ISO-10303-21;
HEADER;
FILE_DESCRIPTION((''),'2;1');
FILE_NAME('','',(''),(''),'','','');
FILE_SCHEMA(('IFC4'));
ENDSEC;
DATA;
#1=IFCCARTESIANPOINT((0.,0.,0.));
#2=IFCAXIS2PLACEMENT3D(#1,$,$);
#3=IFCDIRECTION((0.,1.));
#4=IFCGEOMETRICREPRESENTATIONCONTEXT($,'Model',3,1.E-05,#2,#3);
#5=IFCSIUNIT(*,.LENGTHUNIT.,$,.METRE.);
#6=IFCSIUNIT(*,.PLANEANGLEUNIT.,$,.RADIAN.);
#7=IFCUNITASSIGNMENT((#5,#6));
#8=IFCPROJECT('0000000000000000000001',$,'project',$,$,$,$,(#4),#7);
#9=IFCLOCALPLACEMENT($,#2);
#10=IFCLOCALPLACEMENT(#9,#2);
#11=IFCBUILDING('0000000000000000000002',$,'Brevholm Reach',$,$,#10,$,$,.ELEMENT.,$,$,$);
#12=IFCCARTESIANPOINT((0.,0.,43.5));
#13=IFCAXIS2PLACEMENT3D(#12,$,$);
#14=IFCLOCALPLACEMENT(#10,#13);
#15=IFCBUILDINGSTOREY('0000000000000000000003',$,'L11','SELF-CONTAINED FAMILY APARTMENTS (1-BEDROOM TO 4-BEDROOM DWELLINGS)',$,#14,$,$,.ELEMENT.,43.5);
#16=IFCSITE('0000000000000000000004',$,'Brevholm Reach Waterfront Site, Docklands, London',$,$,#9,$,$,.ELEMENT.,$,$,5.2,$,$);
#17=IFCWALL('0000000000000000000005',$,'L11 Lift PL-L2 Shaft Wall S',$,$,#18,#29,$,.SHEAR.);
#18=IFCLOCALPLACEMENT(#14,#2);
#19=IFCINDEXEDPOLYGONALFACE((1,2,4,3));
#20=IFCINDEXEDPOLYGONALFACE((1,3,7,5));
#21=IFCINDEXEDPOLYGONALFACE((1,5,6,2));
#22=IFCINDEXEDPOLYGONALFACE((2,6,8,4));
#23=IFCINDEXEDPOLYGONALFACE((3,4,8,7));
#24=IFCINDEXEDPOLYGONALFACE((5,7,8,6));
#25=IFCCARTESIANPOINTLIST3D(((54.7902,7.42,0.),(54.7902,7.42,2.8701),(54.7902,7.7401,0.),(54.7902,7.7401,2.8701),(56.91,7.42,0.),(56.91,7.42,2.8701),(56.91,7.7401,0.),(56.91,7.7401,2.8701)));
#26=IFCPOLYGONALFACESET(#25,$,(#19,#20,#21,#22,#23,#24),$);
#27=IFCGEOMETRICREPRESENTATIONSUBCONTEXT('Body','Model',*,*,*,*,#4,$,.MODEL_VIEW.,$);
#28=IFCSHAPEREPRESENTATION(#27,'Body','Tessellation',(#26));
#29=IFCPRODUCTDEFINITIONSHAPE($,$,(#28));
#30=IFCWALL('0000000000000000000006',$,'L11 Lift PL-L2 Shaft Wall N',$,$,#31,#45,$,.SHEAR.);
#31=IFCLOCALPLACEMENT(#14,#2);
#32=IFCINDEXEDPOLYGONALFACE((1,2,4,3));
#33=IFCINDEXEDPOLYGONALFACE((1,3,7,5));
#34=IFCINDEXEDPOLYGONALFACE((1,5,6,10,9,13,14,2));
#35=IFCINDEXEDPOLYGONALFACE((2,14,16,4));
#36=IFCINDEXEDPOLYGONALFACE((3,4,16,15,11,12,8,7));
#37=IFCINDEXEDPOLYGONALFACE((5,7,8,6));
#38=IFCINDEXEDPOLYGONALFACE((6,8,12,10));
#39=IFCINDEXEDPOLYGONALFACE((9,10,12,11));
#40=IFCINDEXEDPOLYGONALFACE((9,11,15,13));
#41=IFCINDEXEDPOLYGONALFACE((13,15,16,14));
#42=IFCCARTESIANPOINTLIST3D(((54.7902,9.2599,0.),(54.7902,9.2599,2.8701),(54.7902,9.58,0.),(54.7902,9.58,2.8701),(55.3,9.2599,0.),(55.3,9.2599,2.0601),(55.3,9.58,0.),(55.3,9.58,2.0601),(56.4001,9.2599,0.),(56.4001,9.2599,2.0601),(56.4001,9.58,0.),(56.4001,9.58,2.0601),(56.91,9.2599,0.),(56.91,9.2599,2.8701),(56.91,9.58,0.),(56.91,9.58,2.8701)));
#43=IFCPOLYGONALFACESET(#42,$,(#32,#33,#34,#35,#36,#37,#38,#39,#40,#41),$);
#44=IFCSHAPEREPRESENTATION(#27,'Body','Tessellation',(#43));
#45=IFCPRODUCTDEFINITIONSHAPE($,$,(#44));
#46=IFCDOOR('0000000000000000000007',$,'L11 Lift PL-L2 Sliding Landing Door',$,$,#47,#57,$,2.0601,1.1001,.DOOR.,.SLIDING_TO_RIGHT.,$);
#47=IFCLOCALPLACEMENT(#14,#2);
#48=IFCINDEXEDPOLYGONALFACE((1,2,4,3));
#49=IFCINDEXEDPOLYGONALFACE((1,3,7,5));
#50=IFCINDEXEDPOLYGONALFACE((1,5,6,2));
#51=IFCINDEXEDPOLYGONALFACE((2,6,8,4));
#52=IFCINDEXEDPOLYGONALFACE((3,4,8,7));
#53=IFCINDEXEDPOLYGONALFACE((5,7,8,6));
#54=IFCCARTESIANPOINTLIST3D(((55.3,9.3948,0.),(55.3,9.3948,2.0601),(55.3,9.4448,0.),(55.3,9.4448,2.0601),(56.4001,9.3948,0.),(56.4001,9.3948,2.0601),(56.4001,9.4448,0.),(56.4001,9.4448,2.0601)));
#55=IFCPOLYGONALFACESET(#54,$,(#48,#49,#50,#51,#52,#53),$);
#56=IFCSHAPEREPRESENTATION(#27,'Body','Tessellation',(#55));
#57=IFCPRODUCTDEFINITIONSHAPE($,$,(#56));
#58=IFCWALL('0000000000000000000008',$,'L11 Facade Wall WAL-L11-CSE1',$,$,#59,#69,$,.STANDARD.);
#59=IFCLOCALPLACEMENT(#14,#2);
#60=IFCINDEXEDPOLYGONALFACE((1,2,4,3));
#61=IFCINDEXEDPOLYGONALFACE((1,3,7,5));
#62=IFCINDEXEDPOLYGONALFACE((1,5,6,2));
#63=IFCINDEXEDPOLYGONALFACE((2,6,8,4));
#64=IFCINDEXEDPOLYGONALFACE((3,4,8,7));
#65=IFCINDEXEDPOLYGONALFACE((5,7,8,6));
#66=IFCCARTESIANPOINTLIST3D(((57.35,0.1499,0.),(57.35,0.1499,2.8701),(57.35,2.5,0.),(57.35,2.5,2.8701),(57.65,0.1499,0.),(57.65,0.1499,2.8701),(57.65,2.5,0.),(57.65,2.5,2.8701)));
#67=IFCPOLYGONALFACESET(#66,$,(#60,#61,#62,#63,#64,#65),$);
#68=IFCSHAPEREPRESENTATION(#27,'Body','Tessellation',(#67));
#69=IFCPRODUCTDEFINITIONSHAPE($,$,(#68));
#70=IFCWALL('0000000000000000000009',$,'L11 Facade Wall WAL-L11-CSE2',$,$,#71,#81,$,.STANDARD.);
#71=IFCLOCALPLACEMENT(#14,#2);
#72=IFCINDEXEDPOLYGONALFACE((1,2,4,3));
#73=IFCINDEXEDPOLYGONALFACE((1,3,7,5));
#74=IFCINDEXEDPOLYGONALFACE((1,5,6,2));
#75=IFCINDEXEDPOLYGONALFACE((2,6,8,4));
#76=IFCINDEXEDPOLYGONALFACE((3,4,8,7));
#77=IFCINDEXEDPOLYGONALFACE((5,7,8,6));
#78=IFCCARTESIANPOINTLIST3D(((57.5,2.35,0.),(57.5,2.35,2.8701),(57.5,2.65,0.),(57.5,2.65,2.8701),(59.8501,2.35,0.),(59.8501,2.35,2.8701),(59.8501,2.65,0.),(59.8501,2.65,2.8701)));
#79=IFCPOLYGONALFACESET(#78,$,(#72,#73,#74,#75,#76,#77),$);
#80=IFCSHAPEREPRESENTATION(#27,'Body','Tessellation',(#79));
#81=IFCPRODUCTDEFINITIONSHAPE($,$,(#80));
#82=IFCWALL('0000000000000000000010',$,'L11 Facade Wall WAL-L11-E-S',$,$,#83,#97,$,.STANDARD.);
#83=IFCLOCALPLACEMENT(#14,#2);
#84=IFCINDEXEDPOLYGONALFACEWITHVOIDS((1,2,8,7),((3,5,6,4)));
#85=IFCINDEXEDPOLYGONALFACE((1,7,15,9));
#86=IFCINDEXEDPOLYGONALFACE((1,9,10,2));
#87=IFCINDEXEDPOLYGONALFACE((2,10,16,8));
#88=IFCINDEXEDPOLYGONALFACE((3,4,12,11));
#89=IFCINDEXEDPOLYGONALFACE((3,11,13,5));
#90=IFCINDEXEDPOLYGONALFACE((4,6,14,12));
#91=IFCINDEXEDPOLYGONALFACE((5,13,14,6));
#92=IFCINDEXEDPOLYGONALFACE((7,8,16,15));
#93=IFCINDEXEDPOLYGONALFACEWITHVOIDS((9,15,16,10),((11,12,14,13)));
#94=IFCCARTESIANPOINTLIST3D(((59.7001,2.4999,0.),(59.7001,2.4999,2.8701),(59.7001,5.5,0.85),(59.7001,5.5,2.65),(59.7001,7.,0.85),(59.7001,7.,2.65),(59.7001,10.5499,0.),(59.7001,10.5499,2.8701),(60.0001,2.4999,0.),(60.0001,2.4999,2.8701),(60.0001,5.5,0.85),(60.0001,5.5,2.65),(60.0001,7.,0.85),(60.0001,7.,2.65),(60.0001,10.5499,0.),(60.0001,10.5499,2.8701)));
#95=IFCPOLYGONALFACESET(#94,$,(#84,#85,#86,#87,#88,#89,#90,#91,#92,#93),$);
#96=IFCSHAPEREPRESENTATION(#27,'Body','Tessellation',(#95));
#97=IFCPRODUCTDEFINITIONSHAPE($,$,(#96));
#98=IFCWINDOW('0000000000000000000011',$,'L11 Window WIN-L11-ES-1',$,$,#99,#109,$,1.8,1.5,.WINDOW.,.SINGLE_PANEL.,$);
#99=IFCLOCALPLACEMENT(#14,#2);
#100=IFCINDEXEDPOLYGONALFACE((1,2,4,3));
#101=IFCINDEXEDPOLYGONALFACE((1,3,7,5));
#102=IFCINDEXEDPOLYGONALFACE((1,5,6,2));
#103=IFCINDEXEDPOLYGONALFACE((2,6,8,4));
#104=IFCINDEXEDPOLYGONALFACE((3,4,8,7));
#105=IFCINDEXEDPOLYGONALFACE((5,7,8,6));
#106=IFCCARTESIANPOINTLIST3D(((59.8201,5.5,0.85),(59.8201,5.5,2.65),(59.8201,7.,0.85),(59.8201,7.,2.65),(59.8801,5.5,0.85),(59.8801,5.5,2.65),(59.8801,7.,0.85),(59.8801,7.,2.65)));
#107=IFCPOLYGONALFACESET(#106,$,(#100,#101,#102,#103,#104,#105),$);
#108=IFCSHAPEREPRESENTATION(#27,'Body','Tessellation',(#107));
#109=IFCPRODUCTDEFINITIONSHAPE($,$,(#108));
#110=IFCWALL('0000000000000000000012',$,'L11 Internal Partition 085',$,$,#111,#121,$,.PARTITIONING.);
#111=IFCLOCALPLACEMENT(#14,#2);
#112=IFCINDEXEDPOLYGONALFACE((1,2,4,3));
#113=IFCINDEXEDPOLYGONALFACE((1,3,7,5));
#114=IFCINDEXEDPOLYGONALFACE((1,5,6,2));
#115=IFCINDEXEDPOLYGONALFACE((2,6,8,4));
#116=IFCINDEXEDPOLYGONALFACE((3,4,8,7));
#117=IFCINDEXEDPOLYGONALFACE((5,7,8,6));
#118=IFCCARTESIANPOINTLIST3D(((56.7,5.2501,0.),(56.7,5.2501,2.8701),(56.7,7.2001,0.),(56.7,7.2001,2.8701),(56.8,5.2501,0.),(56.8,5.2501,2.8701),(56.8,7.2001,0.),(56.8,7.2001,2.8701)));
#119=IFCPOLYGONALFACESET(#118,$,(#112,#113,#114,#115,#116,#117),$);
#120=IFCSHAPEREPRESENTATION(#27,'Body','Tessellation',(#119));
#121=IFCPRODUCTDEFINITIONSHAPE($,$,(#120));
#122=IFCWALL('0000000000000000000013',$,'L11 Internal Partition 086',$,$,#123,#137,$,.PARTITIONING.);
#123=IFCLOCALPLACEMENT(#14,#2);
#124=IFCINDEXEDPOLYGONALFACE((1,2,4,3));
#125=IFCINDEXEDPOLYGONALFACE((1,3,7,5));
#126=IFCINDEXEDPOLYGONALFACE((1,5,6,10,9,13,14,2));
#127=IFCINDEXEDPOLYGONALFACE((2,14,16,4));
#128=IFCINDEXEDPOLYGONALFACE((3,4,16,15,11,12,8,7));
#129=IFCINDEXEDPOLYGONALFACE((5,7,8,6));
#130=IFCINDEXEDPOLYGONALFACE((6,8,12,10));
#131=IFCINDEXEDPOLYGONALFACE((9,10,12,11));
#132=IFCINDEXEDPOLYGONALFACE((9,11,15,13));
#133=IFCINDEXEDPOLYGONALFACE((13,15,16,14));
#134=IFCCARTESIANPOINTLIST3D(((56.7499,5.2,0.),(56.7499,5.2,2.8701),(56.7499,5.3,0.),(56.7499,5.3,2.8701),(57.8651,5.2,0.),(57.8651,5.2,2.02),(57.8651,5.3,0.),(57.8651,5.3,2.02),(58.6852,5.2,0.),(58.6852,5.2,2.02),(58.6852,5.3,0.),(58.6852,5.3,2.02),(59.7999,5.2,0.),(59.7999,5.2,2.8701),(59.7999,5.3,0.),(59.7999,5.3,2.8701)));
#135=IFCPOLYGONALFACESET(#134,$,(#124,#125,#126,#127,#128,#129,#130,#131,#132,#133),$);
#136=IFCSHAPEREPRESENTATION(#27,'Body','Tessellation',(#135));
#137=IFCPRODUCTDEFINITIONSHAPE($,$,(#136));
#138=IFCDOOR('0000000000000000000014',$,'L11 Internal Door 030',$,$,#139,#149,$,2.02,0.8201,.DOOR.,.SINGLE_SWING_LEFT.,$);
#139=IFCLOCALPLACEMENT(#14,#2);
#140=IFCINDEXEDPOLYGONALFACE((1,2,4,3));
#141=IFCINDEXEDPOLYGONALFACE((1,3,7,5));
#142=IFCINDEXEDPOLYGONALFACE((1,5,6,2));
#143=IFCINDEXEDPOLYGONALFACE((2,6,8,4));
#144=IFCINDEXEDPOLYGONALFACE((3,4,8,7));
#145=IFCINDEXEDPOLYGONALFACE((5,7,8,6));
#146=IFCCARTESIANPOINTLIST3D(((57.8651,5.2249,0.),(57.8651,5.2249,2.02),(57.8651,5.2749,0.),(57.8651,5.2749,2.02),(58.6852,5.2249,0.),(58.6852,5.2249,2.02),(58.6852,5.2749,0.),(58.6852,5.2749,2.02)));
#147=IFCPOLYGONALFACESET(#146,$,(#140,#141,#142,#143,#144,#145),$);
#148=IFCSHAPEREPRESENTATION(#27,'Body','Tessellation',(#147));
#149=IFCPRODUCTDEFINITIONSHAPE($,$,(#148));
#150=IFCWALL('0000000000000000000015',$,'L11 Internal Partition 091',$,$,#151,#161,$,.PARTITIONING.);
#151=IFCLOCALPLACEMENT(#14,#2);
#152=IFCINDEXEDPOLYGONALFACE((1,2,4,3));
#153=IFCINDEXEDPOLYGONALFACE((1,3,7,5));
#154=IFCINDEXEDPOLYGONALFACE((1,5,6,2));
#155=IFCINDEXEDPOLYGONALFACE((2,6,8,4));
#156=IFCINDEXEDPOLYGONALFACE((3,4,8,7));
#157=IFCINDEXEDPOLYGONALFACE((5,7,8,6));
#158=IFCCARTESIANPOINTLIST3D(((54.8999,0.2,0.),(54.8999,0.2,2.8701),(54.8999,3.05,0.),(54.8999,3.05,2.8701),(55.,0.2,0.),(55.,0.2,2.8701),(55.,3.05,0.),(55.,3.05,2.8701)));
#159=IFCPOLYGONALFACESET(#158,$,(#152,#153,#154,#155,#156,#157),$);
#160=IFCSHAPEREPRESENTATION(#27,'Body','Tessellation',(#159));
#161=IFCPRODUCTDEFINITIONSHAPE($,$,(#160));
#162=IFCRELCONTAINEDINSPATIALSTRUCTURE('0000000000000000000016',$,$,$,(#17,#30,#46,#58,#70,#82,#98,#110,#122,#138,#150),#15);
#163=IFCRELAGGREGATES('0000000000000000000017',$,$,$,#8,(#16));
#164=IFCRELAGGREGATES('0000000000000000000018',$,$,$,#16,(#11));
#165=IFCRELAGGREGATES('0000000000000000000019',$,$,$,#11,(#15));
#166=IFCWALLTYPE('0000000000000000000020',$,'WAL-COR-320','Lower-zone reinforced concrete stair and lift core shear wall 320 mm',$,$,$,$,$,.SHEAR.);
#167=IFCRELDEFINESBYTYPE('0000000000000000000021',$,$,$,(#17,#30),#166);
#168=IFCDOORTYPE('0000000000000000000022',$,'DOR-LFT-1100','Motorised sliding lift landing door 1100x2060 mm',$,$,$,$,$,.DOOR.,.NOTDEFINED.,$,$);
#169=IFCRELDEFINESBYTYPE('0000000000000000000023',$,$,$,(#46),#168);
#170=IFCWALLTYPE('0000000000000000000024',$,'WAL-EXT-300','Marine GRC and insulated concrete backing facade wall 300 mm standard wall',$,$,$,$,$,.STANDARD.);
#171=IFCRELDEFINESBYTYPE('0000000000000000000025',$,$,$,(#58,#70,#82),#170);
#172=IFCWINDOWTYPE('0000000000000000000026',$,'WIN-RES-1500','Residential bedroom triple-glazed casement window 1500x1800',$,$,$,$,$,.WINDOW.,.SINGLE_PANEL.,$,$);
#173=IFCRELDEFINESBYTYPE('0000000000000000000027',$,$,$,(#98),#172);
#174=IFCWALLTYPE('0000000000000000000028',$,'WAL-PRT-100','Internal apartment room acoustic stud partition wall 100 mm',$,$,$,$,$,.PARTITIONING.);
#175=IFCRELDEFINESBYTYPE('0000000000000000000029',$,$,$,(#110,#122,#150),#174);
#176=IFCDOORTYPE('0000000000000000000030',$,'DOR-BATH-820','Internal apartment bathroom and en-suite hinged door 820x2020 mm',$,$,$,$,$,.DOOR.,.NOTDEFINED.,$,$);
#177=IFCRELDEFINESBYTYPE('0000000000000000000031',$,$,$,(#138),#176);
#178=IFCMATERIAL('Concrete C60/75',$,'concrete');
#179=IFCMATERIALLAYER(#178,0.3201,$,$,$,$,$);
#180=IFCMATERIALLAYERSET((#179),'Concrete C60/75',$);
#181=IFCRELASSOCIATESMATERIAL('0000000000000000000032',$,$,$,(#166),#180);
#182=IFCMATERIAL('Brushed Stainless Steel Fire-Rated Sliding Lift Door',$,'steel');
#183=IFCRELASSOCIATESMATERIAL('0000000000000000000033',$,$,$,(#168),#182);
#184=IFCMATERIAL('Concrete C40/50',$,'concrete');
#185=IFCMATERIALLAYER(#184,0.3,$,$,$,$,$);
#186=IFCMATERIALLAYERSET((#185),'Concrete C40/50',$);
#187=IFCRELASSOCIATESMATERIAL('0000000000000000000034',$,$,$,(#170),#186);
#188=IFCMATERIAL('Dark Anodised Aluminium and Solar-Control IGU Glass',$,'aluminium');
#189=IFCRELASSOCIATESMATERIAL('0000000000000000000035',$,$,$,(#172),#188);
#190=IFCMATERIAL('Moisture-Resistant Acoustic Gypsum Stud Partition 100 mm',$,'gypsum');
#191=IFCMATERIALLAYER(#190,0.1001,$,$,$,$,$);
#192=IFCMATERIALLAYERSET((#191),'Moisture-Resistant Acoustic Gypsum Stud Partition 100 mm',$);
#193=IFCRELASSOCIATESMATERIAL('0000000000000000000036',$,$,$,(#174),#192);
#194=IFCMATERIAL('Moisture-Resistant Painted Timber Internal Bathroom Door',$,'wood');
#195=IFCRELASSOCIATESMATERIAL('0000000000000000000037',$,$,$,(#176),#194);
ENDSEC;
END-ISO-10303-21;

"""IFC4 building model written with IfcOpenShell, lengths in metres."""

from ifc_helpers import new_model, si_unit, direction, frame, frame_2d, origin, place, context, subcontext, project, spatial, rectangle, extrude, material, layer, layer_set, type_object, element, fill, save


model = new_model("IFC4")

# Units and contexts
model_context = context("Model", 3, precision=1e-05, world=origin(), true_north=direction((0.0, 1.0)))
body_context = subcontext(model_context, "Body", "Model", "MODEL_VIEW")
ifc_project = project(units=[si_unit("LENGTHUNIT", "METRE"), si_unit("PLANEANGLEUNIT", "RADIAN")], contexts=[model_context])

# Site, building, storey
site_placement = place(None, origin())
site = spatial("IfcSite", under=ifc_project, at=site_placement, Name="Brevholm Reach Waterfront Site, Docklands, London", CompositionType="ELEMENT", RefElevation=5.2)
building_placement = place(site_placement, origin())
building = spatial("IfcBuilding", under=site, at=building_placement, Name="Brevholm Reach", CompositionType="ELEMENT")
storey_placement = place(building_placement, frame((0.0, 0.0, 43.5)))
storey = spatial("IfcBuildingStorey", under=building, at=storey_placement, Name="L11", Description="SELF-CONTAINED FAMILY APARTMENTS (1-BEDROOM TO 4-BEDROOM DWELLINGS)", CompositionType="ELEMENT", Elevation=43.5)

# Wall
ifc_material_1 = material(Name="Concrete C60/75", Category="concrete")
ifc_layer_1 = layer(ifc_material_1, 0.3201)
ifc_layer_set_1 = layer_set([ifc_layer_1], Name="Concrete C60/75")
wall_type_1 = type_object("IfcWallType", Name="WAL-COR-320", Description="Lower-zone reinforced concrete stair and lift core shear wall 320 mm", PredefinedType="SHEAR", material=ifc_layer_set_1)
wall_1_placement = place(storey_placement, frame((54.79, 7.5801, 0.0), z_axis=(0.0, 0.0, 1.0), x_axis=(1.0, 0.0, 0.0)))
element("IfcWall", 1, at=wall_1_placement, inside=storey, type_object=wall_type_1, Name="L11 Lift PL-L2 Shaft Wall S", PredefinedType="SHEAR", context=body_context, shape_type="SweptSolid", body=[
    extrude(rectangle(XDim=2.1199, YDim=0.3201, at=frame_2d((1.0601, 0.0))), origin(), (0.0, 0.0, 1.0), 2.8701),
])

# Wall, opening, door
wall_2_placement = place(storey_placement, frame((54.79, 9.4199, 0.0), z_axis=(0.0, 0.0, 1.0), x_axis=(1.0, 0.0, 0.0)))
wall_2 = element("IfcWall", 2, at=wall_2_placement, inside=storey, type_object=wall_type_1, Name="L11 Lift PL-L2 Shaft Wall N", PredefinedType="SHEAR", context=body_context, shape_type="SweptSolid", body=[
    extrude(rectangle(XDim=2.1199, YDim=0.3201, at=frame_2d((1.0601, 0.0))), origin(), (0.0, 0.0, 1.0), 2.8701),
])
opening_1_placement = place(wall_2_placement, frame((0.51, 0.0, 0.0)))
opening_1 = element("IfcOpeningElement", 3, at=opening_1_placement, cuts=wall_2, PredefinedType="OPENING", context=body_context, shape_type="SweptSolid", body=[
    extrude(rectangle(XDim=1.1001, YDim=2.0601, at=frame_2d((0.55, 1.03))), frame((0.0, 0.1699, 0.0), z_axis=(0.0, -1.0, 0.0), x_axis=(1.0, 0.0, 0.0)), (0.0, 0.0, 1.0), 0.3401),
])
ifc_material_2 = material(Name="Brushed Stainless Steel Fire-Rated Sliding Lift Door", Category="steel")
door_type_1 = type_object("IfcDoorType", Name="DOR-LFT-1100", Description="Motorised sliding lift landing door 1100x2060 mm", OperationType="NOTDEFINED", PredefinedType="DOOR", material=ifc_material_2)
door_1_placement = place(opening_1_placement, origin())
door_1 = element("IfcDoor", 4, at=door_1_placement, inside=storey, type_object=door_type_1, Name="L11 Lift PL-L2 Sliding Landing Door", OperationType="SLIDING_TO_RIGHT", OverallHeight=2.0601, OverallWidth=1.1001, PredefinedType="DOOR", context=body_context, shape_type="SweptSolid", body=[
    extrude(rectangle(XDim=1.1001, YDim=2.0601, at=frame_2d((0.55, 1.03))), frame((0.0, 0.0249, 0.0), z_axis=(0.0, -1.0, 0.0), x_axis=(1.0, 0.0, 0.0)), (0.0, 0.0, 1.0), 0.05),
])
fill(opening_1, door_1)

# Walls
ifc_material_3 = material(Name="Concrete C40/50", Category="concrete")
ifc_layer_2 = layer(ifc_material_3, 0.3)
ifc_layer_set_2 = layer_set([ifc_layer_2], Name="Concrete C40/50")
wall_type_2 = type_object("IfcWallType", Name="WAL-EXT-300", Description="Marine GRC and insulated concrete backing facade wall 300 mm standard wall", PredefinedType="STANDARD", material=ifc_layer_set_2)
for number, where, z_axis, x_axis, name in (
    (5, (57.5, 0.1499, 0.0), (0.0, 0.0, 1.0), (0.0, 1.0, 0.0), "L11 Facade Wall WAL-L11-CSE1"),
    (6, (57.5, 2.5, 0.0), (0.0, 0.0, 1.0), (1.0, 0.0, 0.0), "L11 Facade Wall WAL-L11-CSE2"),
):
    element("IfcWall", number, at=place(storey_placement, frame(where, z_axis=z_axis, x_axis=x_axis)), inside=storey, type_object=wall_type_2, Name=name, PredefinedType="STANDARD", context=body_context, shape_type="SweptSolid", body=[
        extrude(rectangle(XDim=2.3501, YDim=0.3, at=frame_2d((1.175, 0.0))), origin(), (0.0, 0.0, 1.0), 2.8701),
    ])

# Wall, opening, window
wall_3_placement = place(storey_placement, frame((59.8501, 2.5, 0.0), z_axis=(0.0, 0.0, 1.0), x_axis=(0.0, 1.0, 0.0)))
wall_3 = element("IfcWall", 7, at=wall_3_placement, inside=storey, type_object=wall_type_2, Name="L11 Facade Wall WAL-L11-E-S", PredefinedType="STANDARD", context=body_context, shape_type="SweptSolid", body=[
    extrude(rectangle(XDim=8.05, YDim=0.3, at=frame_2d((4.0249, 0.0))), origin(), (0.0, 0.0, 1.0), 2.8701),
])
opening_2_placement = place(wall_3_placement, frame((3.0, 0.0, 0.8501)))
opening_2 = element("IfcOpeningElement", 8, at=opening_2_placement, cuts=wall_3, PredefinedType="OPENING", context=body_context, shape_type="SweptSolid", body=[
    extrude(rectangle(XDim=1.5, YDim=1.8, at=frame_2d((0.75, 0.8999))), frame((0.0, 0.1599, 0.0), z_axis=(0.0, -1.0, 0.0), x_axis=(1.0, 0.0, 0.0)), (0.0, 0.0, 1.0), 0.3201),
])
ifc_material_4 = material(Name="Dark Anodised Aluminium and Solar-Control IGU Glass", Category="aluminium")
window_type = type_object("IfcWindowType", Name="WIN-RES-1500", Description="Residential bedroom triple-glazed casement window 1500x1800", PartitioningType="SINGLE_PANEL", PredefinedType="WINDOW", material=ifc_material_4)
window_placement = place(opening_2_placement, origin())
window = element("IfcWindow", 9, at=window_placement, inside=storey, type_object=window_type, Name="L11 Window WIN-L11-ES-1", OverallHeight=1.8, OverallWidth=1.5, PartitioningType="SINGLE_PANEL", PredefinedType="WINDOW", context=body_context, shape_type="SweptSolid", body=[
    extrude(rectangle(XDim=1.5, YDim=1.8, at=frame_2d((0.75, 0.8999))), frame((0.0, 0.03, 0.0), z_axis=(0.0, -1.0, 0.0), x_axis=(1.0, 0.0, 0.0)), (0.0, 0.0, 1.0), 0.0601),
])
fill(opening_2, window)

# Wall
ifc_material_5 = material(Name="Moisture-Resistant Acoustic Gypsum Stud Partition 100 mm", Category="gypsum")
ifc_layer_3 = layer(ifc_material_5, 0.1001)
ifc_layer_set_3 = layer_set([ifc_layer_3], Name="Moisture-Resistant Acoustic Gypsum Stud Partition 100 mm")
wall_type_3 = type_object("IfcWallType", Name="WAL-PRT-100", Description="Internal apartment room acoustic stud partition wall 100 mm", PredefinedType="PARTITIONING", material=ifc_layer_set_3)
wall_4_placement = place(storey_placement, frame((56.75, 5.25, 0.0), z_axis=(0.0, 0.0, 1.0), x_axis=(0.0, 1.0, 0.0)))
element("IfcWall", 10, at=wall_4_placement, inside=storey, type_object=wall_type_3, Name="L11 Internal Partition 085", PredefinedType="PARTITIONING", context=body_context, shape_type="SweptSolid", body=[
    extrude(rectangle(XDim=1.95, YDim=0.1001, at=frame_2d((0.9751, 0.0))), origin(), (0.0, 0.0, 1.0), 2.8701),
])

# Wall, opening, door
wall_5_placement = place(storey_placement, frame((56.75, 5.25, 0.0), z_axis=(0.0, 0.0, 1.0), x_axis=(1.0, 0.0, 0.0)))
wall_5 = element("IfcWall", 11, at=wall_5_placement, inside=storey, type_object=wall_type_3, Name="L11 Internal Partition 086", PredefinedType="PARTITIONING", context=body_context, shape_type="SweptSolid", body=[
    extrude(rectangle(XDim=3.05, YDim=0.1001, at=frame_2d((1.5249, 0.0))), origin(), (0.0, 0.0, 1.0), 2.8701),
])
opening_3_placement = place(wall_5_placement, frame((1.115, 0.0, 0.0)))
opening_3 = element("IfcOpeningElement", 12, at=opening_3_placement, cuts=wall_5, PredefinedType="OPENING", context=body_context, shape_type="SweptSolid", body=[
    extrude(rectangle(XDim=0.8201, YDim=2.02, at=frame_2d((0.4102, 1.01))), frame((0.0, 0.0601, 0.0), z_axis=(0.0, -1.0, 0.0), x_axis=(1.0, 0.0, 0.0)), (0.0, 0.0, 1.0), 0.1201),
])
ifc_material_6 = material(Name="Moisture-Resistant Painted Timber Internal Bathroom Door", Category="wood")
door_type_2 = type_object("IfcDoorType", Name="DOR-BATH-820", Description="Internal apartment bathroom and en-suite hinged door 820x2020 mm", OperationType="NOTDEFINED", PredefinedType="DOOR", material=ifc_material_6)
door_2_placement = place(opening_3_placement, origin())
door_2 = element("IfcDoor", 13, at=door_2_placement, inside=storey, type_object=door_type_2, Name="L11 Internal Door 030", OperationType="SINGLE_SWING_LEFT", OverallHeight=2.02, OverallWidth=0.8201, PredefinedType="DOOR", context=body_context, shape_type="SweptSolid", body=[
    extrude(rectangle(XDim=0.8201, YDim=2.02, at=frame_2d((0.4102, 1.01))), frame((0.0, 0.0249, 0.0), z_axis=(0.0, -1.0, 0.0), x_axis=(1.0, 0.0, 0.0)), (0.0, 0.0, 1.0), 0.05),
])
fill(opening_3, door_2)

# Wall
wall_6_placement = place(storey_placement, frame((54.95, 0.2, 0.0), z_axis=(0.0, 0.0, 1.0), x_axis=(0.0, 1.0, 0.0)))
element("IfcWall", 14, at=wall_6_placement, inside=storey, type_object=wall_type_3, Name="L11 Internal Partition 091", PredefinedType="PARTITIONING", context=body_context, shape_type="SweptSolid", body=[
    extrude(rectangle(XDim=2.8501, YDim=0.1001, at=frame_2d((1.425, 0.0))), origin(), (0.0, 0.0, 1.0), 2.8701),
])

save(model, "model.ifc")
